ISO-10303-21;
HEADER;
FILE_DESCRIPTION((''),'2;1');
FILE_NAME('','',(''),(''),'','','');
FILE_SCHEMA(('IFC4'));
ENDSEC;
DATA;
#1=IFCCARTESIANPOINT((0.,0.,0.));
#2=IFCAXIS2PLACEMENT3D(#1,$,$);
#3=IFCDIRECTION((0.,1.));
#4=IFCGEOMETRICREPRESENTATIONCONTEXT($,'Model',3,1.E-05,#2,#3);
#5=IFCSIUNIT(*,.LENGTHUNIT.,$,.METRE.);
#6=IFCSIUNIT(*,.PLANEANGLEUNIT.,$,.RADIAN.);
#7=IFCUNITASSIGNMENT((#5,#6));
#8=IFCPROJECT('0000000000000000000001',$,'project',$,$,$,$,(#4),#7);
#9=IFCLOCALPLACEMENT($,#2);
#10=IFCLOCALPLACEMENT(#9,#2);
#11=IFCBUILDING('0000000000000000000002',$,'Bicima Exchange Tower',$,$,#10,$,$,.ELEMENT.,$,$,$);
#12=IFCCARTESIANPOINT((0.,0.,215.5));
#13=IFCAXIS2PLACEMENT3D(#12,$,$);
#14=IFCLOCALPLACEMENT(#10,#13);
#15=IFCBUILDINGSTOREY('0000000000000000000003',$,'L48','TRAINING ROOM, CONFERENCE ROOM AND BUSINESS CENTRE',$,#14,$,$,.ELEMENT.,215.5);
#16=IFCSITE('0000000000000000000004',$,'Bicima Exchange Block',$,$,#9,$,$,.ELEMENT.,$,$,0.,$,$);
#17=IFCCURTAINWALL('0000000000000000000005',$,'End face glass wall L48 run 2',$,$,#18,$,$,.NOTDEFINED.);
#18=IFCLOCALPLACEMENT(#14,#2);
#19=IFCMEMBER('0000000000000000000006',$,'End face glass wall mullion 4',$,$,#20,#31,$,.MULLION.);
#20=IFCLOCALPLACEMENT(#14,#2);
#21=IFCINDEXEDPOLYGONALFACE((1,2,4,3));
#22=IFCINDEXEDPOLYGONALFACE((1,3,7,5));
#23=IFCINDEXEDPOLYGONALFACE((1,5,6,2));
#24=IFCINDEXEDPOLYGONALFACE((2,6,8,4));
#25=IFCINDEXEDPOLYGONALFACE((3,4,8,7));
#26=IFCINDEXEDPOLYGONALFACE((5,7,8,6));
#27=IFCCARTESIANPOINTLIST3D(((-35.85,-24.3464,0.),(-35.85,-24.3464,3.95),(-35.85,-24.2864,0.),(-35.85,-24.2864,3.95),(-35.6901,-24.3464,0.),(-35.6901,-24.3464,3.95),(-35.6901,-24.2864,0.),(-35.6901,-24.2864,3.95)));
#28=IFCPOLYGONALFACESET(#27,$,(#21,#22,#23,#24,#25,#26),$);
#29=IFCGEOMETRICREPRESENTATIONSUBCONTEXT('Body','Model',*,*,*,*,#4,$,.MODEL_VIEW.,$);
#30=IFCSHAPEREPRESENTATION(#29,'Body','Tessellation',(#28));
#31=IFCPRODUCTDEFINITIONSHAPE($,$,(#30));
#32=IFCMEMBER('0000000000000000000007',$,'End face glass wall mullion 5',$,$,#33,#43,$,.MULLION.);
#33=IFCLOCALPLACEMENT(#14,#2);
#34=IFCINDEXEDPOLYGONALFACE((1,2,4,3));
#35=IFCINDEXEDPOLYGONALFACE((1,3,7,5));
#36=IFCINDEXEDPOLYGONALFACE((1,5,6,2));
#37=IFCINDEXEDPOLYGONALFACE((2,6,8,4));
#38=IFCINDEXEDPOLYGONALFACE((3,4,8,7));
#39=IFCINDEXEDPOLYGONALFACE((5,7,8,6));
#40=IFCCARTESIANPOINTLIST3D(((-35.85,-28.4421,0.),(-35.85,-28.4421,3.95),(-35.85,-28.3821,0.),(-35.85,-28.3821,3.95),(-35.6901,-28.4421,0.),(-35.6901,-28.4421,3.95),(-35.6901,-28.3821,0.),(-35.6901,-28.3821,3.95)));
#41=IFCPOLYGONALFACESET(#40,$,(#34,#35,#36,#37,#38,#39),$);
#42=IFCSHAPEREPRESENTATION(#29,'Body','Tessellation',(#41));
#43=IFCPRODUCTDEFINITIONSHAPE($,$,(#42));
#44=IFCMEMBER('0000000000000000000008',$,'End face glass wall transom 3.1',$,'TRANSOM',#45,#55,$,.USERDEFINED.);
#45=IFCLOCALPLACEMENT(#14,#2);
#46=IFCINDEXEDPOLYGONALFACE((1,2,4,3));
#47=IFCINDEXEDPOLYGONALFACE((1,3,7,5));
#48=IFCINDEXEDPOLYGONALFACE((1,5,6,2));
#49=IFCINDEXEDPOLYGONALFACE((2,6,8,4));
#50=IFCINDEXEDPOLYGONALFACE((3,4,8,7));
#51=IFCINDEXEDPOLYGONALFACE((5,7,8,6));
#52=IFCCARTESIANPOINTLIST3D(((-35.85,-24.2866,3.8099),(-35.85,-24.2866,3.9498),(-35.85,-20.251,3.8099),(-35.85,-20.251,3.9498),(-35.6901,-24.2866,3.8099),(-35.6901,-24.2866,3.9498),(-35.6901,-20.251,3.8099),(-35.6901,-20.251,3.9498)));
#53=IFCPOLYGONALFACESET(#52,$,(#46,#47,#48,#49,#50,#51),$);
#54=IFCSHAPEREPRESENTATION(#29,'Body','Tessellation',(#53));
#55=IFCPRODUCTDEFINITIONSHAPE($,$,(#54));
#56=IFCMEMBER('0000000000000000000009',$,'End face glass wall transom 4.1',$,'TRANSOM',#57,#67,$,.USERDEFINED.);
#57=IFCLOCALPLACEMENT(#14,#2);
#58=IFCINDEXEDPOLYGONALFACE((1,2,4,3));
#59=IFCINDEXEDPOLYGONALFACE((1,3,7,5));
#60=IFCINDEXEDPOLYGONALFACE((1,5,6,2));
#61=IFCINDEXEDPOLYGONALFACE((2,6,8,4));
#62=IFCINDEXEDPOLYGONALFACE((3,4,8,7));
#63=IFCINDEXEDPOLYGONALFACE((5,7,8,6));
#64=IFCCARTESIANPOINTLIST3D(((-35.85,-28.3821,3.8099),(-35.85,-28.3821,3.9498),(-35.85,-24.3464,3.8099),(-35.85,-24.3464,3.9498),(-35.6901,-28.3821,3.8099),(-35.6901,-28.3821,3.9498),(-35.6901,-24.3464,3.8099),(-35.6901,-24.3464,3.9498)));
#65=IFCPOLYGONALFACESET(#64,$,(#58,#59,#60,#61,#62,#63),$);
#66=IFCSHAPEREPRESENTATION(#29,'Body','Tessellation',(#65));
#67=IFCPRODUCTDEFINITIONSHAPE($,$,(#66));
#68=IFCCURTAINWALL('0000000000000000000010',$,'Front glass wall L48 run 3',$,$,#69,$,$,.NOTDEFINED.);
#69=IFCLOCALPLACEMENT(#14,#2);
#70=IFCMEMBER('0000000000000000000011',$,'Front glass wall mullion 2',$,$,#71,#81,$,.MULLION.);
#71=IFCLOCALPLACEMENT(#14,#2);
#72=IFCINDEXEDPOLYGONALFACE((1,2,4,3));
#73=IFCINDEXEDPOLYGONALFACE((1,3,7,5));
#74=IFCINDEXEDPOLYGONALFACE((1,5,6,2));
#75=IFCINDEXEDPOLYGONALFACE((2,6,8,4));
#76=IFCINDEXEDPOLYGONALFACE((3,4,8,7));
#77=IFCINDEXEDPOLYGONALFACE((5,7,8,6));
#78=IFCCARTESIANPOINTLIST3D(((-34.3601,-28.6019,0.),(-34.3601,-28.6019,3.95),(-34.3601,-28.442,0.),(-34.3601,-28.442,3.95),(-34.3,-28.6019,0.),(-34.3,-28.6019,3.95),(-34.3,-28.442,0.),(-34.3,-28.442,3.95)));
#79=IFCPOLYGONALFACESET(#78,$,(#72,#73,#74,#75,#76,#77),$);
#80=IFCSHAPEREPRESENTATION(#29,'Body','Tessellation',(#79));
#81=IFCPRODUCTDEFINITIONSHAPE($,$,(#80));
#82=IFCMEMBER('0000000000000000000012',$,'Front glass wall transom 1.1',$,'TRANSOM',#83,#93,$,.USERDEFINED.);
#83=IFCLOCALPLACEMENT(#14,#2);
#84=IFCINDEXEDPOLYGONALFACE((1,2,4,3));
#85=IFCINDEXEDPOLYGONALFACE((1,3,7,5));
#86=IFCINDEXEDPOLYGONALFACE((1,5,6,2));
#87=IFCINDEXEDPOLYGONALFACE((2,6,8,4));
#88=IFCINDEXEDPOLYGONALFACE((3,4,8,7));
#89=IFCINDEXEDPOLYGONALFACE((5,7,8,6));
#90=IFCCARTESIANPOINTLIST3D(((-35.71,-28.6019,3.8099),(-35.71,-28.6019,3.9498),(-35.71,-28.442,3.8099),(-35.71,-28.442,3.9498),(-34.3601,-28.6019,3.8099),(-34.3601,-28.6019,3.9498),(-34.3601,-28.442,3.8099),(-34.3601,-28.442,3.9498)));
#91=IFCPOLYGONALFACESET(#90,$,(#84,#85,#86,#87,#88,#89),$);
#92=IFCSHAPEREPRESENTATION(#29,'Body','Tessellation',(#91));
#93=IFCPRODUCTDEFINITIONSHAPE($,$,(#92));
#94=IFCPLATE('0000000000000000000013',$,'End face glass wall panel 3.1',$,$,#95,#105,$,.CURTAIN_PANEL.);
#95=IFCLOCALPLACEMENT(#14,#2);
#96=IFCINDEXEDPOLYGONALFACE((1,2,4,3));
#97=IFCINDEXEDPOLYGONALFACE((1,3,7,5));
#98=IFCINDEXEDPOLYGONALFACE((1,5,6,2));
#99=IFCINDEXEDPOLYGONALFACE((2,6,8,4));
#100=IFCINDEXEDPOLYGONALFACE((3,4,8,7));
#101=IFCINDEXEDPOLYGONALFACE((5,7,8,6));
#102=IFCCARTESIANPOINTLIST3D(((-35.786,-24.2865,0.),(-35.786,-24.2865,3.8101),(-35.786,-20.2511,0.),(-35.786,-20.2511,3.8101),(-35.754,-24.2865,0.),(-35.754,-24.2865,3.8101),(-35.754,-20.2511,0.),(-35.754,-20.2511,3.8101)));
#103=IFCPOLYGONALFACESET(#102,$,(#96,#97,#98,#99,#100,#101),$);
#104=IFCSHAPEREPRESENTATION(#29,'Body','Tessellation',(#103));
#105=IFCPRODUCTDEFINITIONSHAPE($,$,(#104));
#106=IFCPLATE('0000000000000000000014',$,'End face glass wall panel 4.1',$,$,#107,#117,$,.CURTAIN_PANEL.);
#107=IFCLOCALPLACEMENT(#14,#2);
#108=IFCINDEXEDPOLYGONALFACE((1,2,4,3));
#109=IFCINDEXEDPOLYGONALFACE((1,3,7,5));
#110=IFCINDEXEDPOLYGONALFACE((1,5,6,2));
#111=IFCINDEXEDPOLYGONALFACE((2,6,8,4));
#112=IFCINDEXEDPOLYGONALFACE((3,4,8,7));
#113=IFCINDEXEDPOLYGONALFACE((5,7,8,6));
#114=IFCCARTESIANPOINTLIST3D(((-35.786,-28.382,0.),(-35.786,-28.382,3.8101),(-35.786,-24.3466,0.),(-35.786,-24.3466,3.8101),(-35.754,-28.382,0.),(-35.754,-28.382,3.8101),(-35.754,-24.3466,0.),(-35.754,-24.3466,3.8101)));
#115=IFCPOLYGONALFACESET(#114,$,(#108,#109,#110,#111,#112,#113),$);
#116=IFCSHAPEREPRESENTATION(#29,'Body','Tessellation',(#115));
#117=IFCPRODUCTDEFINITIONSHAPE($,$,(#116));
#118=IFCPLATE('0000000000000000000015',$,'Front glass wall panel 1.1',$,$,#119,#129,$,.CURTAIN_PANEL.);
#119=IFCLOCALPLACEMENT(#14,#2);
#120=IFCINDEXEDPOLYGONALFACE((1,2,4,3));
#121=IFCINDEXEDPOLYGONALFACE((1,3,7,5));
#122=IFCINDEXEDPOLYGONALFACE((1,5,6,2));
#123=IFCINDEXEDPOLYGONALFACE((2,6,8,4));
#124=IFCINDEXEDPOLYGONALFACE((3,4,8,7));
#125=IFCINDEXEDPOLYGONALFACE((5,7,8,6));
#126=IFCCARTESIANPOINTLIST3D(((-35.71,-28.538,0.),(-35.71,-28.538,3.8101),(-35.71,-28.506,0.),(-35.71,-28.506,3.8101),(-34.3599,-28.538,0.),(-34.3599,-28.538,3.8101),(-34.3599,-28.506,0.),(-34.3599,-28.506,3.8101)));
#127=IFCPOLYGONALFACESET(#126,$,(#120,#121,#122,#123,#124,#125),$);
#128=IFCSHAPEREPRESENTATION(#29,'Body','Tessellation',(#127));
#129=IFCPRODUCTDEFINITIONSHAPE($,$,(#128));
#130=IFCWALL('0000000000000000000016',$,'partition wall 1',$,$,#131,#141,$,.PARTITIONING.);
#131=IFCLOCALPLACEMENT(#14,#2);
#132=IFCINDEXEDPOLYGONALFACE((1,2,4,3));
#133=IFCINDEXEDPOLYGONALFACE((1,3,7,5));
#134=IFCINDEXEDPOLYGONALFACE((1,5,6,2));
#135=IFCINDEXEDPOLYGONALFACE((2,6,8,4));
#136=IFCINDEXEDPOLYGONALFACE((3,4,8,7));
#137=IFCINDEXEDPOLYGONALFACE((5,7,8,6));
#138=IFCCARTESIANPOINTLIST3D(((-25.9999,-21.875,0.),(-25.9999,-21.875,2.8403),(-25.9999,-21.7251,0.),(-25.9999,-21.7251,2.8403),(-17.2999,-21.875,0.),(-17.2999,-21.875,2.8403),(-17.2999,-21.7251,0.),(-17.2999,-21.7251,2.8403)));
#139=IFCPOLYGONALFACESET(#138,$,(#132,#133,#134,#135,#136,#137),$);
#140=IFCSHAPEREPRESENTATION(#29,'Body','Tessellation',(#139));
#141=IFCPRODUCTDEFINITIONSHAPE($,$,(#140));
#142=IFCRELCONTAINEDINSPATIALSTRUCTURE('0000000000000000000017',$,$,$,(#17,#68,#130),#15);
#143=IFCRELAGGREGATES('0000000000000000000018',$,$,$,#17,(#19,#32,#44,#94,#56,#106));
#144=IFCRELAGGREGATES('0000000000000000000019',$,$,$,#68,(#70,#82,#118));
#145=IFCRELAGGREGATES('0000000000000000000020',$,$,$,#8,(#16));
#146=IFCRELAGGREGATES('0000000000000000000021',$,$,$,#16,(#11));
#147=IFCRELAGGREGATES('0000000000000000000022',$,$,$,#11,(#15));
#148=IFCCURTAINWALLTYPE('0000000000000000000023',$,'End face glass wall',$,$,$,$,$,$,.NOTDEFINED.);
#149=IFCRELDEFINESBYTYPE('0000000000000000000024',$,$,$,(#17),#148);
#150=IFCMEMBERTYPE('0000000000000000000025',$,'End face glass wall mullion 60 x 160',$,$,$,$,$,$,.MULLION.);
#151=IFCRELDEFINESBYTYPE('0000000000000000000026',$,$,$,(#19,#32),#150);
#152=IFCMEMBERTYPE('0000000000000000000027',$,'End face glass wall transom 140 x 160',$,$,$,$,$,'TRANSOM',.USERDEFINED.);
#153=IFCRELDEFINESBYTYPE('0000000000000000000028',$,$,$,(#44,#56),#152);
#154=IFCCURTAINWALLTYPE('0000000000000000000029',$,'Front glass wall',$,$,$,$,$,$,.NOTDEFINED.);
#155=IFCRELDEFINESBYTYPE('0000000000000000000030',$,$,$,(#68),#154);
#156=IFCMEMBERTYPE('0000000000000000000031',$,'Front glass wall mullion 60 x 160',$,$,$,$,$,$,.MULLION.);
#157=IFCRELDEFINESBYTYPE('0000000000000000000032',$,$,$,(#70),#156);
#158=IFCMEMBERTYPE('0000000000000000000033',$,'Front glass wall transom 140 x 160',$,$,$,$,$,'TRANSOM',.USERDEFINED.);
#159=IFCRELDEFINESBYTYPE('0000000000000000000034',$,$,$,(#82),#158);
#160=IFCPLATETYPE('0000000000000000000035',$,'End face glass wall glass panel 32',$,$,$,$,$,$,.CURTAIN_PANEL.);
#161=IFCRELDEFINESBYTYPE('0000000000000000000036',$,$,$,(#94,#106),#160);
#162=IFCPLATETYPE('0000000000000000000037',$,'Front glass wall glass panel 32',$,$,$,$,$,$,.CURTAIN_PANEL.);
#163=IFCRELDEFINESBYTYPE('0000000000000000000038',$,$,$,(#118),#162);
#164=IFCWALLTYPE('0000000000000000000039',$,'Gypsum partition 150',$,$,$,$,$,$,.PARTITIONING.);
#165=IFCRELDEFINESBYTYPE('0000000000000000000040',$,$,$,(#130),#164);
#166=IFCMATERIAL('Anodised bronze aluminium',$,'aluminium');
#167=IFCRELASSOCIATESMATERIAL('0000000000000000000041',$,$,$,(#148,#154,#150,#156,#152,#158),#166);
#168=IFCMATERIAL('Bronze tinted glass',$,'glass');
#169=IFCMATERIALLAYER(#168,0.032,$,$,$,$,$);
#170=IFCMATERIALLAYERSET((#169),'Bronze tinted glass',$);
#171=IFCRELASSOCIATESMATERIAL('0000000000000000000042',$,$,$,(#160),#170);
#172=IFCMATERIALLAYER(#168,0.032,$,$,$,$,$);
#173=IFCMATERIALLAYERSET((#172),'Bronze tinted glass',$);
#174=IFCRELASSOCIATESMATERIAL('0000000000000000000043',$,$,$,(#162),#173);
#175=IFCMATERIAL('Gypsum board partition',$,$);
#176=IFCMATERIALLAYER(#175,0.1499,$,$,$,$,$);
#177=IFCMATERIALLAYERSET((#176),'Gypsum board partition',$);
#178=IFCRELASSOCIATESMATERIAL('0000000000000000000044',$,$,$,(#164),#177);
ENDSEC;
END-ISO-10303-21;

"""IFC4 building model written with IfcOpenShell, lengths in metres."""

from ifc_helpers import new_model, si_unit, direction, frame, frame_2d, origin, origin_2d, place, context, subcontext, project, spatial, rectangle, extrude, material, layer, layer_set, material_profile, profile_set, type_object, element, aggregate, save


model = new_model("IFC4")

# Units and contexts
model_context = context("Model", 3, precision=1e-05, world=origin(), true_north=direction((0.0, 1.0)))
body_context = subcontext(model_context, "Body", "Model", "MODEL_VIEW")
ifc_project = project(units=[si_unit("LENGTHUNIT", "METRE"), si_unit("PLANEANGLEUNIT", "RADIAN")], contexts=[model_context])

# Site, building, storey
site_placement = place(None, origin())
site = spatial("IfcSite", under=ifc_project, at=site_placement, Name="Bicima Exchange Block", CompositionType="ELEMENT", RefElevation=0.0)
building_placement = place(site_placement, origin())
building = spatial("IfcBuilding", under=site, at=building_placement, Name="Bicima Exchange Tower", CompositionType="ELEMENT")
storey_placement = place(building_placement, frame((0.0, 0.0, 215.5)))
storey = spatial("IfcBuildingStorey", under=building, at=storey_placement, Name="L48", Description="TRAINING ROOM, CONFERENCE ROOM AND BUSINESS CENTRE", CompositionType="ELEMENT", Elevation=215.5)

# Curtain walls, members
ifc_material_1 = material(Name="Anodised bronze aluminium", Category="aluminium")
curtain_wall_type_1 = type_object("IfcCurtainWallType", Name="End face glass wall", PredefinedType="NOTDEFINED", material=ifc_material_1)
curtain_wall_1_placement = place(storey_placement, origin())
curtain_wall_1 = element("IfcCurtainWall", 1, at=curtain_wall_1_placement, inside=storey, type_object=curtain_wall_type_1, Name="End face glass wall L48 run 2", PredefinedType="NOTDEFINED")
ifc_material_profile_1 = material_profile(ifc_material_1, rectangle(XDim=0.1599, YDim=0.0601, at=origin_2d()))
ifc_profile_set_1 = profile_set([ifc_material_profile_1], Name="Anodised bronze aluminium")
member_type_1 = type_object("IfcMemberType", Name="End face glass wall mullion 60 x 160", PredefinedType="MULLION", material=ifc_profile_set_1)
member_1_placement = place(storey_placement, frame((-35.77, -24.3164, 0.0), z_axis=(0.0, 0.0, 1.0), x_axis=(1.0, 0.0, 0.0)))
member_1 = element("IfcMember", 2, at=member_1_placement, type_object=member_type_1, Name="End face glass wall mullion 4", PredefinedType="MULLION", context=body_context, shape_type="SweptSolid", body=[
    extrude(rectangle(XDim=0.1599, YDim=0.0601, at=origin_2d()), origin(), (0.0, 0.0, 1.0), 3.95),
])
member_2_placement = place(storey_placement, frame((-35.77, -28.4121, 0.0), z_axis=(0.0, 0.0, 1.0), x_axis=(1.0, 0.0, 0.0)))
member_2 = element("IfcMember", 3, at=member_2_placement, type_object=member_type_1, Name="End face glass wall mullion 5", PredefinedType="MULLION", context=body_context, shape_type="SweptSolid", body=[
    extrude(rectangle(XDim=0.1599, YDim=0.0601, at=origin_2d()), origin(), (0.0, 0.0, 1.0), 3.95),
])
ifc_material_profile_2 = material_profile(ifc_material_1, rectangle(XDim=0.1599, YDim=0.1399, at=origin_2d()))
ifc_profile_set_2 = profile_set([ifc_material_profile_2], Name="Anodised bronze aluminium")
member_type_2 = type_object("IfcMemberType", Name="End face glass wall transom 140 x 160", ElementType="TRANSOM", PredefinedType="USERDEFINED", material=ifc_profile_set_2)
member_3_placement = place(storey_placement, frame((-35.77, -20.251, 3.8799), z_axis=(0.0, -1.0, 0.0), x_axis=(1.0, 0.0, 0.0)))
member_3 = element("IfcMember", 4, at=member_3_placement, type_object=member_type_2, Name="End face glass wall transom 3.1", ObjectType="TRANSOM", PredefinedType="USERDEFINED", context=body_context, shape_type="SweptSolid", body=[
    extrude(rectangle(XDim=0.1599, YDim=0.1399, at=origin_2d()), origin(), (0.0, 0.0, 1.0), 4.0356),
])
member_4_placement = place(storey_placement, frame((-35.77, -24.3464, 3.8799), z_axis=(0.0, -1.0, 0.0), x_axis=(1.0, 0.0, 0.0)))
member_4 = element("IfcMember", 5, at=member_4_placement, type_object=member_type_2, Name="End face glass wall transom 4.1", ObjectType="TRANSOM", PredefinedType="USERDEFINED", context=body_context, shape_type="SweptSolid", body=[
    extrude(rectangle(XDim=0.1599, YDim=0.1399, at=origin_2d()), origin(), (0.0, 0.0, 1.0), 4.0356),
])
curtain_wall_type_2 = type_object("IfcCurtainWallType", Name="Front glass wall", PredefinedType="NOTDEFINED", material=ifc_material_1)
curtain_wall_2_placement = place(storey_placement, origin())
curtain_wall_2 = element("IfcCurtainWall", 6, at=curtain_wall_2_placement, inside=storey, type_object=curtain_wall_type_2, Name="Front glass wall L48 run 3", PredefinedType="NOTDEFINED")
member_type_3 = type_object("IfcMemberType", Name="Front glass wall mullion 60 x 160", PredefinedType="MULLION", material=ifc_profile_set_1)
member_5_placement = place(storey_placement, frame((-34.3301, -28.522, 0.0), z_axis=(0.0, 0.0, 1.0), x_axis=(0.0, 1.0, 0.0)))
member_5 = element("IfcMember", 7, at=member_5_placement, type_object=member_type_3, Name="Front glass wall mullion 2", PredefinedType="MULLION", context=body_context, shape_type="SweptSolid", body=[
    extrude(rectangle(XDim=0.1599, YDim=0.0601, at=origin_2d()), origin(), (0.0, 0.0, 1.0), 3.95),
])
member_type_4 = type_object("IfcMemberType", Name="Front glass wall transom 140 x 160", ElementType="TRANSOM", PredefinedType="USERDEFINED", material=ifc_profile_set_2)
member_6_placement = place(storey_placement, frame((-35.71, -28.522, 3.8799), z_axis=(1.0, 0.0, 0.0), x_axis=(0.0, 1.0, 0.0)))
member_6 = element("IfcMember", 8, at=member_6_placement, type_object=member_type_4, Name="Front glass wall transom 1.1", ObjectType="TRANSOM", PredefinedType="USERDEFINED", context=body_context, shape_type="SweptSolid", body=[
    extrude(rectangle(XDim=0.1599, YDim=0.1399, at=origin_2d()), origin(), (0.0, 0.0, 1.0), 1.3499),
])

# Plates
ifc_material_2 = material(Name="Bronze tinted glass", Category="glass")
ifc_layer_1 = layer(ifc_material_2, 0.032)
ifc_layer_set_1 = layer_set([ifc_layer_1], Name="Bronze tinted glass")
plate_type_1 = type_object("IfcPlateType", Name="End face glass wall glass panel 32", PredefinedType="CURTAIN_PANEL", material=ifc_layer_set_1)
plate_1_placement = place(storey_placement, frame((-35.77, -22.2688, 0.0), z_axis=(0.0, 0.0, 1.0), x_axis=(0.0, -1.0, 0.0)))
plate_1 = element("IfcPlate", 9, at=plate_1_placement, type_object=plate_type_1, Name="End face glass wall panel 3.1", PredefinedType="CURTAIN_PANEL", context=body_context, shape_type="SweptSolid", body=[
    extrude(rectangle(XDim=4.0354, YDim=0.032, at=origin_2d()), origin(), (0.0, 0.0, 1.0), 3.8101),
])
plate_2_placement = place(storey_placement, frame((-35.77, -26.3643, 0.0), z_axis=(0.0, 0.0, 1.0), x_axis=(0.0, -1.0, 0.0)))
plate_2 = element("IfcPlate", 10, at=plate_2_placement, type_object=plate_type_1, Name="End face glass wall panel 4.1", PredefinedType="CURTAIN_PANEL", context=body_context, shape_type="SweptSolid", body=[
    extrude(rectangle(XDim=4.0354, YDim=0.032, at=origin_2d()), origin(), (0.0, 0.0, 1.0), 3.8101),
])
aggregate(curtain_wall_1, [member_1, member_2, member_3, plate_1, member_4, plate_2])
ifc_layer_2 = layer(ifc_material_2, 0.032)
ifc_layer_set_2 = layer_set([ifc_layer_2], Name="Bronze tinted glass")
plate_type_2 = type_object("IfcPlateType", Name="Front glass wall glass panel 32", PredefinedType="CURTAIN_PANEL", material=ifc_layer_set_2)
plate_3_placement = place(storey_placement, frame((-35.0349, -28.522, 0.0), z_axis=(0.0, 0.0, 1.0), x_axis=(1.0, 0.0, 0.0)))
plate_3 = element("IfcPlate", 11, at=plate_3_placement, type_object=plate_type_2, Name="Front glass wall panel 1.1", PredefinedType="CURTAIN_PANEL", context=body_context, shape_type="SweptSolid", body=[
    extrude(rectangle(XDim=1.3501, YDim=0.032, at=origin_2d()), origin(), (0.0, 0.0, 1.0), 3.8101),
])
aggregate(curtain_wall_2, [member_5, member_6, plate_3])

# Wall
ifc_material_3 = material(Name="Gypsum board partition")
ifc_layer_3 = layer(ifc_material_3, 0.1499)
ifc_layer_set_3 = layer_set([ifc_layer_3], Name="Gypsum board partition")
wall_type = type_object("IfcWallType", Name="Gypsum partition 150", PredefinedType="PARTITIONING", material=ifc_layer_set_3)
wall_placement = place(storey_placement, frame((-26.0, -21.8, 0.0), z_axis=(0.0, 0.0, 1.0), x_axis=(1.0, 0.0, 0.0)))
element("IfcWall", 12, at=wall_placement, inside=storey, type_object=wall_type, Name="partition wall 1", PredefinedType="PARTITIONING", context=body_context, shape_type="SweptSolid", body=[
    extrude(rectangle(XDim=8.7, YDim=0.1499, at=frame_2d((4.3501, 0.0))), origin(), (0.0, 0.0, 1.0), 2.8403),
])

save(model, "model.ifc")
